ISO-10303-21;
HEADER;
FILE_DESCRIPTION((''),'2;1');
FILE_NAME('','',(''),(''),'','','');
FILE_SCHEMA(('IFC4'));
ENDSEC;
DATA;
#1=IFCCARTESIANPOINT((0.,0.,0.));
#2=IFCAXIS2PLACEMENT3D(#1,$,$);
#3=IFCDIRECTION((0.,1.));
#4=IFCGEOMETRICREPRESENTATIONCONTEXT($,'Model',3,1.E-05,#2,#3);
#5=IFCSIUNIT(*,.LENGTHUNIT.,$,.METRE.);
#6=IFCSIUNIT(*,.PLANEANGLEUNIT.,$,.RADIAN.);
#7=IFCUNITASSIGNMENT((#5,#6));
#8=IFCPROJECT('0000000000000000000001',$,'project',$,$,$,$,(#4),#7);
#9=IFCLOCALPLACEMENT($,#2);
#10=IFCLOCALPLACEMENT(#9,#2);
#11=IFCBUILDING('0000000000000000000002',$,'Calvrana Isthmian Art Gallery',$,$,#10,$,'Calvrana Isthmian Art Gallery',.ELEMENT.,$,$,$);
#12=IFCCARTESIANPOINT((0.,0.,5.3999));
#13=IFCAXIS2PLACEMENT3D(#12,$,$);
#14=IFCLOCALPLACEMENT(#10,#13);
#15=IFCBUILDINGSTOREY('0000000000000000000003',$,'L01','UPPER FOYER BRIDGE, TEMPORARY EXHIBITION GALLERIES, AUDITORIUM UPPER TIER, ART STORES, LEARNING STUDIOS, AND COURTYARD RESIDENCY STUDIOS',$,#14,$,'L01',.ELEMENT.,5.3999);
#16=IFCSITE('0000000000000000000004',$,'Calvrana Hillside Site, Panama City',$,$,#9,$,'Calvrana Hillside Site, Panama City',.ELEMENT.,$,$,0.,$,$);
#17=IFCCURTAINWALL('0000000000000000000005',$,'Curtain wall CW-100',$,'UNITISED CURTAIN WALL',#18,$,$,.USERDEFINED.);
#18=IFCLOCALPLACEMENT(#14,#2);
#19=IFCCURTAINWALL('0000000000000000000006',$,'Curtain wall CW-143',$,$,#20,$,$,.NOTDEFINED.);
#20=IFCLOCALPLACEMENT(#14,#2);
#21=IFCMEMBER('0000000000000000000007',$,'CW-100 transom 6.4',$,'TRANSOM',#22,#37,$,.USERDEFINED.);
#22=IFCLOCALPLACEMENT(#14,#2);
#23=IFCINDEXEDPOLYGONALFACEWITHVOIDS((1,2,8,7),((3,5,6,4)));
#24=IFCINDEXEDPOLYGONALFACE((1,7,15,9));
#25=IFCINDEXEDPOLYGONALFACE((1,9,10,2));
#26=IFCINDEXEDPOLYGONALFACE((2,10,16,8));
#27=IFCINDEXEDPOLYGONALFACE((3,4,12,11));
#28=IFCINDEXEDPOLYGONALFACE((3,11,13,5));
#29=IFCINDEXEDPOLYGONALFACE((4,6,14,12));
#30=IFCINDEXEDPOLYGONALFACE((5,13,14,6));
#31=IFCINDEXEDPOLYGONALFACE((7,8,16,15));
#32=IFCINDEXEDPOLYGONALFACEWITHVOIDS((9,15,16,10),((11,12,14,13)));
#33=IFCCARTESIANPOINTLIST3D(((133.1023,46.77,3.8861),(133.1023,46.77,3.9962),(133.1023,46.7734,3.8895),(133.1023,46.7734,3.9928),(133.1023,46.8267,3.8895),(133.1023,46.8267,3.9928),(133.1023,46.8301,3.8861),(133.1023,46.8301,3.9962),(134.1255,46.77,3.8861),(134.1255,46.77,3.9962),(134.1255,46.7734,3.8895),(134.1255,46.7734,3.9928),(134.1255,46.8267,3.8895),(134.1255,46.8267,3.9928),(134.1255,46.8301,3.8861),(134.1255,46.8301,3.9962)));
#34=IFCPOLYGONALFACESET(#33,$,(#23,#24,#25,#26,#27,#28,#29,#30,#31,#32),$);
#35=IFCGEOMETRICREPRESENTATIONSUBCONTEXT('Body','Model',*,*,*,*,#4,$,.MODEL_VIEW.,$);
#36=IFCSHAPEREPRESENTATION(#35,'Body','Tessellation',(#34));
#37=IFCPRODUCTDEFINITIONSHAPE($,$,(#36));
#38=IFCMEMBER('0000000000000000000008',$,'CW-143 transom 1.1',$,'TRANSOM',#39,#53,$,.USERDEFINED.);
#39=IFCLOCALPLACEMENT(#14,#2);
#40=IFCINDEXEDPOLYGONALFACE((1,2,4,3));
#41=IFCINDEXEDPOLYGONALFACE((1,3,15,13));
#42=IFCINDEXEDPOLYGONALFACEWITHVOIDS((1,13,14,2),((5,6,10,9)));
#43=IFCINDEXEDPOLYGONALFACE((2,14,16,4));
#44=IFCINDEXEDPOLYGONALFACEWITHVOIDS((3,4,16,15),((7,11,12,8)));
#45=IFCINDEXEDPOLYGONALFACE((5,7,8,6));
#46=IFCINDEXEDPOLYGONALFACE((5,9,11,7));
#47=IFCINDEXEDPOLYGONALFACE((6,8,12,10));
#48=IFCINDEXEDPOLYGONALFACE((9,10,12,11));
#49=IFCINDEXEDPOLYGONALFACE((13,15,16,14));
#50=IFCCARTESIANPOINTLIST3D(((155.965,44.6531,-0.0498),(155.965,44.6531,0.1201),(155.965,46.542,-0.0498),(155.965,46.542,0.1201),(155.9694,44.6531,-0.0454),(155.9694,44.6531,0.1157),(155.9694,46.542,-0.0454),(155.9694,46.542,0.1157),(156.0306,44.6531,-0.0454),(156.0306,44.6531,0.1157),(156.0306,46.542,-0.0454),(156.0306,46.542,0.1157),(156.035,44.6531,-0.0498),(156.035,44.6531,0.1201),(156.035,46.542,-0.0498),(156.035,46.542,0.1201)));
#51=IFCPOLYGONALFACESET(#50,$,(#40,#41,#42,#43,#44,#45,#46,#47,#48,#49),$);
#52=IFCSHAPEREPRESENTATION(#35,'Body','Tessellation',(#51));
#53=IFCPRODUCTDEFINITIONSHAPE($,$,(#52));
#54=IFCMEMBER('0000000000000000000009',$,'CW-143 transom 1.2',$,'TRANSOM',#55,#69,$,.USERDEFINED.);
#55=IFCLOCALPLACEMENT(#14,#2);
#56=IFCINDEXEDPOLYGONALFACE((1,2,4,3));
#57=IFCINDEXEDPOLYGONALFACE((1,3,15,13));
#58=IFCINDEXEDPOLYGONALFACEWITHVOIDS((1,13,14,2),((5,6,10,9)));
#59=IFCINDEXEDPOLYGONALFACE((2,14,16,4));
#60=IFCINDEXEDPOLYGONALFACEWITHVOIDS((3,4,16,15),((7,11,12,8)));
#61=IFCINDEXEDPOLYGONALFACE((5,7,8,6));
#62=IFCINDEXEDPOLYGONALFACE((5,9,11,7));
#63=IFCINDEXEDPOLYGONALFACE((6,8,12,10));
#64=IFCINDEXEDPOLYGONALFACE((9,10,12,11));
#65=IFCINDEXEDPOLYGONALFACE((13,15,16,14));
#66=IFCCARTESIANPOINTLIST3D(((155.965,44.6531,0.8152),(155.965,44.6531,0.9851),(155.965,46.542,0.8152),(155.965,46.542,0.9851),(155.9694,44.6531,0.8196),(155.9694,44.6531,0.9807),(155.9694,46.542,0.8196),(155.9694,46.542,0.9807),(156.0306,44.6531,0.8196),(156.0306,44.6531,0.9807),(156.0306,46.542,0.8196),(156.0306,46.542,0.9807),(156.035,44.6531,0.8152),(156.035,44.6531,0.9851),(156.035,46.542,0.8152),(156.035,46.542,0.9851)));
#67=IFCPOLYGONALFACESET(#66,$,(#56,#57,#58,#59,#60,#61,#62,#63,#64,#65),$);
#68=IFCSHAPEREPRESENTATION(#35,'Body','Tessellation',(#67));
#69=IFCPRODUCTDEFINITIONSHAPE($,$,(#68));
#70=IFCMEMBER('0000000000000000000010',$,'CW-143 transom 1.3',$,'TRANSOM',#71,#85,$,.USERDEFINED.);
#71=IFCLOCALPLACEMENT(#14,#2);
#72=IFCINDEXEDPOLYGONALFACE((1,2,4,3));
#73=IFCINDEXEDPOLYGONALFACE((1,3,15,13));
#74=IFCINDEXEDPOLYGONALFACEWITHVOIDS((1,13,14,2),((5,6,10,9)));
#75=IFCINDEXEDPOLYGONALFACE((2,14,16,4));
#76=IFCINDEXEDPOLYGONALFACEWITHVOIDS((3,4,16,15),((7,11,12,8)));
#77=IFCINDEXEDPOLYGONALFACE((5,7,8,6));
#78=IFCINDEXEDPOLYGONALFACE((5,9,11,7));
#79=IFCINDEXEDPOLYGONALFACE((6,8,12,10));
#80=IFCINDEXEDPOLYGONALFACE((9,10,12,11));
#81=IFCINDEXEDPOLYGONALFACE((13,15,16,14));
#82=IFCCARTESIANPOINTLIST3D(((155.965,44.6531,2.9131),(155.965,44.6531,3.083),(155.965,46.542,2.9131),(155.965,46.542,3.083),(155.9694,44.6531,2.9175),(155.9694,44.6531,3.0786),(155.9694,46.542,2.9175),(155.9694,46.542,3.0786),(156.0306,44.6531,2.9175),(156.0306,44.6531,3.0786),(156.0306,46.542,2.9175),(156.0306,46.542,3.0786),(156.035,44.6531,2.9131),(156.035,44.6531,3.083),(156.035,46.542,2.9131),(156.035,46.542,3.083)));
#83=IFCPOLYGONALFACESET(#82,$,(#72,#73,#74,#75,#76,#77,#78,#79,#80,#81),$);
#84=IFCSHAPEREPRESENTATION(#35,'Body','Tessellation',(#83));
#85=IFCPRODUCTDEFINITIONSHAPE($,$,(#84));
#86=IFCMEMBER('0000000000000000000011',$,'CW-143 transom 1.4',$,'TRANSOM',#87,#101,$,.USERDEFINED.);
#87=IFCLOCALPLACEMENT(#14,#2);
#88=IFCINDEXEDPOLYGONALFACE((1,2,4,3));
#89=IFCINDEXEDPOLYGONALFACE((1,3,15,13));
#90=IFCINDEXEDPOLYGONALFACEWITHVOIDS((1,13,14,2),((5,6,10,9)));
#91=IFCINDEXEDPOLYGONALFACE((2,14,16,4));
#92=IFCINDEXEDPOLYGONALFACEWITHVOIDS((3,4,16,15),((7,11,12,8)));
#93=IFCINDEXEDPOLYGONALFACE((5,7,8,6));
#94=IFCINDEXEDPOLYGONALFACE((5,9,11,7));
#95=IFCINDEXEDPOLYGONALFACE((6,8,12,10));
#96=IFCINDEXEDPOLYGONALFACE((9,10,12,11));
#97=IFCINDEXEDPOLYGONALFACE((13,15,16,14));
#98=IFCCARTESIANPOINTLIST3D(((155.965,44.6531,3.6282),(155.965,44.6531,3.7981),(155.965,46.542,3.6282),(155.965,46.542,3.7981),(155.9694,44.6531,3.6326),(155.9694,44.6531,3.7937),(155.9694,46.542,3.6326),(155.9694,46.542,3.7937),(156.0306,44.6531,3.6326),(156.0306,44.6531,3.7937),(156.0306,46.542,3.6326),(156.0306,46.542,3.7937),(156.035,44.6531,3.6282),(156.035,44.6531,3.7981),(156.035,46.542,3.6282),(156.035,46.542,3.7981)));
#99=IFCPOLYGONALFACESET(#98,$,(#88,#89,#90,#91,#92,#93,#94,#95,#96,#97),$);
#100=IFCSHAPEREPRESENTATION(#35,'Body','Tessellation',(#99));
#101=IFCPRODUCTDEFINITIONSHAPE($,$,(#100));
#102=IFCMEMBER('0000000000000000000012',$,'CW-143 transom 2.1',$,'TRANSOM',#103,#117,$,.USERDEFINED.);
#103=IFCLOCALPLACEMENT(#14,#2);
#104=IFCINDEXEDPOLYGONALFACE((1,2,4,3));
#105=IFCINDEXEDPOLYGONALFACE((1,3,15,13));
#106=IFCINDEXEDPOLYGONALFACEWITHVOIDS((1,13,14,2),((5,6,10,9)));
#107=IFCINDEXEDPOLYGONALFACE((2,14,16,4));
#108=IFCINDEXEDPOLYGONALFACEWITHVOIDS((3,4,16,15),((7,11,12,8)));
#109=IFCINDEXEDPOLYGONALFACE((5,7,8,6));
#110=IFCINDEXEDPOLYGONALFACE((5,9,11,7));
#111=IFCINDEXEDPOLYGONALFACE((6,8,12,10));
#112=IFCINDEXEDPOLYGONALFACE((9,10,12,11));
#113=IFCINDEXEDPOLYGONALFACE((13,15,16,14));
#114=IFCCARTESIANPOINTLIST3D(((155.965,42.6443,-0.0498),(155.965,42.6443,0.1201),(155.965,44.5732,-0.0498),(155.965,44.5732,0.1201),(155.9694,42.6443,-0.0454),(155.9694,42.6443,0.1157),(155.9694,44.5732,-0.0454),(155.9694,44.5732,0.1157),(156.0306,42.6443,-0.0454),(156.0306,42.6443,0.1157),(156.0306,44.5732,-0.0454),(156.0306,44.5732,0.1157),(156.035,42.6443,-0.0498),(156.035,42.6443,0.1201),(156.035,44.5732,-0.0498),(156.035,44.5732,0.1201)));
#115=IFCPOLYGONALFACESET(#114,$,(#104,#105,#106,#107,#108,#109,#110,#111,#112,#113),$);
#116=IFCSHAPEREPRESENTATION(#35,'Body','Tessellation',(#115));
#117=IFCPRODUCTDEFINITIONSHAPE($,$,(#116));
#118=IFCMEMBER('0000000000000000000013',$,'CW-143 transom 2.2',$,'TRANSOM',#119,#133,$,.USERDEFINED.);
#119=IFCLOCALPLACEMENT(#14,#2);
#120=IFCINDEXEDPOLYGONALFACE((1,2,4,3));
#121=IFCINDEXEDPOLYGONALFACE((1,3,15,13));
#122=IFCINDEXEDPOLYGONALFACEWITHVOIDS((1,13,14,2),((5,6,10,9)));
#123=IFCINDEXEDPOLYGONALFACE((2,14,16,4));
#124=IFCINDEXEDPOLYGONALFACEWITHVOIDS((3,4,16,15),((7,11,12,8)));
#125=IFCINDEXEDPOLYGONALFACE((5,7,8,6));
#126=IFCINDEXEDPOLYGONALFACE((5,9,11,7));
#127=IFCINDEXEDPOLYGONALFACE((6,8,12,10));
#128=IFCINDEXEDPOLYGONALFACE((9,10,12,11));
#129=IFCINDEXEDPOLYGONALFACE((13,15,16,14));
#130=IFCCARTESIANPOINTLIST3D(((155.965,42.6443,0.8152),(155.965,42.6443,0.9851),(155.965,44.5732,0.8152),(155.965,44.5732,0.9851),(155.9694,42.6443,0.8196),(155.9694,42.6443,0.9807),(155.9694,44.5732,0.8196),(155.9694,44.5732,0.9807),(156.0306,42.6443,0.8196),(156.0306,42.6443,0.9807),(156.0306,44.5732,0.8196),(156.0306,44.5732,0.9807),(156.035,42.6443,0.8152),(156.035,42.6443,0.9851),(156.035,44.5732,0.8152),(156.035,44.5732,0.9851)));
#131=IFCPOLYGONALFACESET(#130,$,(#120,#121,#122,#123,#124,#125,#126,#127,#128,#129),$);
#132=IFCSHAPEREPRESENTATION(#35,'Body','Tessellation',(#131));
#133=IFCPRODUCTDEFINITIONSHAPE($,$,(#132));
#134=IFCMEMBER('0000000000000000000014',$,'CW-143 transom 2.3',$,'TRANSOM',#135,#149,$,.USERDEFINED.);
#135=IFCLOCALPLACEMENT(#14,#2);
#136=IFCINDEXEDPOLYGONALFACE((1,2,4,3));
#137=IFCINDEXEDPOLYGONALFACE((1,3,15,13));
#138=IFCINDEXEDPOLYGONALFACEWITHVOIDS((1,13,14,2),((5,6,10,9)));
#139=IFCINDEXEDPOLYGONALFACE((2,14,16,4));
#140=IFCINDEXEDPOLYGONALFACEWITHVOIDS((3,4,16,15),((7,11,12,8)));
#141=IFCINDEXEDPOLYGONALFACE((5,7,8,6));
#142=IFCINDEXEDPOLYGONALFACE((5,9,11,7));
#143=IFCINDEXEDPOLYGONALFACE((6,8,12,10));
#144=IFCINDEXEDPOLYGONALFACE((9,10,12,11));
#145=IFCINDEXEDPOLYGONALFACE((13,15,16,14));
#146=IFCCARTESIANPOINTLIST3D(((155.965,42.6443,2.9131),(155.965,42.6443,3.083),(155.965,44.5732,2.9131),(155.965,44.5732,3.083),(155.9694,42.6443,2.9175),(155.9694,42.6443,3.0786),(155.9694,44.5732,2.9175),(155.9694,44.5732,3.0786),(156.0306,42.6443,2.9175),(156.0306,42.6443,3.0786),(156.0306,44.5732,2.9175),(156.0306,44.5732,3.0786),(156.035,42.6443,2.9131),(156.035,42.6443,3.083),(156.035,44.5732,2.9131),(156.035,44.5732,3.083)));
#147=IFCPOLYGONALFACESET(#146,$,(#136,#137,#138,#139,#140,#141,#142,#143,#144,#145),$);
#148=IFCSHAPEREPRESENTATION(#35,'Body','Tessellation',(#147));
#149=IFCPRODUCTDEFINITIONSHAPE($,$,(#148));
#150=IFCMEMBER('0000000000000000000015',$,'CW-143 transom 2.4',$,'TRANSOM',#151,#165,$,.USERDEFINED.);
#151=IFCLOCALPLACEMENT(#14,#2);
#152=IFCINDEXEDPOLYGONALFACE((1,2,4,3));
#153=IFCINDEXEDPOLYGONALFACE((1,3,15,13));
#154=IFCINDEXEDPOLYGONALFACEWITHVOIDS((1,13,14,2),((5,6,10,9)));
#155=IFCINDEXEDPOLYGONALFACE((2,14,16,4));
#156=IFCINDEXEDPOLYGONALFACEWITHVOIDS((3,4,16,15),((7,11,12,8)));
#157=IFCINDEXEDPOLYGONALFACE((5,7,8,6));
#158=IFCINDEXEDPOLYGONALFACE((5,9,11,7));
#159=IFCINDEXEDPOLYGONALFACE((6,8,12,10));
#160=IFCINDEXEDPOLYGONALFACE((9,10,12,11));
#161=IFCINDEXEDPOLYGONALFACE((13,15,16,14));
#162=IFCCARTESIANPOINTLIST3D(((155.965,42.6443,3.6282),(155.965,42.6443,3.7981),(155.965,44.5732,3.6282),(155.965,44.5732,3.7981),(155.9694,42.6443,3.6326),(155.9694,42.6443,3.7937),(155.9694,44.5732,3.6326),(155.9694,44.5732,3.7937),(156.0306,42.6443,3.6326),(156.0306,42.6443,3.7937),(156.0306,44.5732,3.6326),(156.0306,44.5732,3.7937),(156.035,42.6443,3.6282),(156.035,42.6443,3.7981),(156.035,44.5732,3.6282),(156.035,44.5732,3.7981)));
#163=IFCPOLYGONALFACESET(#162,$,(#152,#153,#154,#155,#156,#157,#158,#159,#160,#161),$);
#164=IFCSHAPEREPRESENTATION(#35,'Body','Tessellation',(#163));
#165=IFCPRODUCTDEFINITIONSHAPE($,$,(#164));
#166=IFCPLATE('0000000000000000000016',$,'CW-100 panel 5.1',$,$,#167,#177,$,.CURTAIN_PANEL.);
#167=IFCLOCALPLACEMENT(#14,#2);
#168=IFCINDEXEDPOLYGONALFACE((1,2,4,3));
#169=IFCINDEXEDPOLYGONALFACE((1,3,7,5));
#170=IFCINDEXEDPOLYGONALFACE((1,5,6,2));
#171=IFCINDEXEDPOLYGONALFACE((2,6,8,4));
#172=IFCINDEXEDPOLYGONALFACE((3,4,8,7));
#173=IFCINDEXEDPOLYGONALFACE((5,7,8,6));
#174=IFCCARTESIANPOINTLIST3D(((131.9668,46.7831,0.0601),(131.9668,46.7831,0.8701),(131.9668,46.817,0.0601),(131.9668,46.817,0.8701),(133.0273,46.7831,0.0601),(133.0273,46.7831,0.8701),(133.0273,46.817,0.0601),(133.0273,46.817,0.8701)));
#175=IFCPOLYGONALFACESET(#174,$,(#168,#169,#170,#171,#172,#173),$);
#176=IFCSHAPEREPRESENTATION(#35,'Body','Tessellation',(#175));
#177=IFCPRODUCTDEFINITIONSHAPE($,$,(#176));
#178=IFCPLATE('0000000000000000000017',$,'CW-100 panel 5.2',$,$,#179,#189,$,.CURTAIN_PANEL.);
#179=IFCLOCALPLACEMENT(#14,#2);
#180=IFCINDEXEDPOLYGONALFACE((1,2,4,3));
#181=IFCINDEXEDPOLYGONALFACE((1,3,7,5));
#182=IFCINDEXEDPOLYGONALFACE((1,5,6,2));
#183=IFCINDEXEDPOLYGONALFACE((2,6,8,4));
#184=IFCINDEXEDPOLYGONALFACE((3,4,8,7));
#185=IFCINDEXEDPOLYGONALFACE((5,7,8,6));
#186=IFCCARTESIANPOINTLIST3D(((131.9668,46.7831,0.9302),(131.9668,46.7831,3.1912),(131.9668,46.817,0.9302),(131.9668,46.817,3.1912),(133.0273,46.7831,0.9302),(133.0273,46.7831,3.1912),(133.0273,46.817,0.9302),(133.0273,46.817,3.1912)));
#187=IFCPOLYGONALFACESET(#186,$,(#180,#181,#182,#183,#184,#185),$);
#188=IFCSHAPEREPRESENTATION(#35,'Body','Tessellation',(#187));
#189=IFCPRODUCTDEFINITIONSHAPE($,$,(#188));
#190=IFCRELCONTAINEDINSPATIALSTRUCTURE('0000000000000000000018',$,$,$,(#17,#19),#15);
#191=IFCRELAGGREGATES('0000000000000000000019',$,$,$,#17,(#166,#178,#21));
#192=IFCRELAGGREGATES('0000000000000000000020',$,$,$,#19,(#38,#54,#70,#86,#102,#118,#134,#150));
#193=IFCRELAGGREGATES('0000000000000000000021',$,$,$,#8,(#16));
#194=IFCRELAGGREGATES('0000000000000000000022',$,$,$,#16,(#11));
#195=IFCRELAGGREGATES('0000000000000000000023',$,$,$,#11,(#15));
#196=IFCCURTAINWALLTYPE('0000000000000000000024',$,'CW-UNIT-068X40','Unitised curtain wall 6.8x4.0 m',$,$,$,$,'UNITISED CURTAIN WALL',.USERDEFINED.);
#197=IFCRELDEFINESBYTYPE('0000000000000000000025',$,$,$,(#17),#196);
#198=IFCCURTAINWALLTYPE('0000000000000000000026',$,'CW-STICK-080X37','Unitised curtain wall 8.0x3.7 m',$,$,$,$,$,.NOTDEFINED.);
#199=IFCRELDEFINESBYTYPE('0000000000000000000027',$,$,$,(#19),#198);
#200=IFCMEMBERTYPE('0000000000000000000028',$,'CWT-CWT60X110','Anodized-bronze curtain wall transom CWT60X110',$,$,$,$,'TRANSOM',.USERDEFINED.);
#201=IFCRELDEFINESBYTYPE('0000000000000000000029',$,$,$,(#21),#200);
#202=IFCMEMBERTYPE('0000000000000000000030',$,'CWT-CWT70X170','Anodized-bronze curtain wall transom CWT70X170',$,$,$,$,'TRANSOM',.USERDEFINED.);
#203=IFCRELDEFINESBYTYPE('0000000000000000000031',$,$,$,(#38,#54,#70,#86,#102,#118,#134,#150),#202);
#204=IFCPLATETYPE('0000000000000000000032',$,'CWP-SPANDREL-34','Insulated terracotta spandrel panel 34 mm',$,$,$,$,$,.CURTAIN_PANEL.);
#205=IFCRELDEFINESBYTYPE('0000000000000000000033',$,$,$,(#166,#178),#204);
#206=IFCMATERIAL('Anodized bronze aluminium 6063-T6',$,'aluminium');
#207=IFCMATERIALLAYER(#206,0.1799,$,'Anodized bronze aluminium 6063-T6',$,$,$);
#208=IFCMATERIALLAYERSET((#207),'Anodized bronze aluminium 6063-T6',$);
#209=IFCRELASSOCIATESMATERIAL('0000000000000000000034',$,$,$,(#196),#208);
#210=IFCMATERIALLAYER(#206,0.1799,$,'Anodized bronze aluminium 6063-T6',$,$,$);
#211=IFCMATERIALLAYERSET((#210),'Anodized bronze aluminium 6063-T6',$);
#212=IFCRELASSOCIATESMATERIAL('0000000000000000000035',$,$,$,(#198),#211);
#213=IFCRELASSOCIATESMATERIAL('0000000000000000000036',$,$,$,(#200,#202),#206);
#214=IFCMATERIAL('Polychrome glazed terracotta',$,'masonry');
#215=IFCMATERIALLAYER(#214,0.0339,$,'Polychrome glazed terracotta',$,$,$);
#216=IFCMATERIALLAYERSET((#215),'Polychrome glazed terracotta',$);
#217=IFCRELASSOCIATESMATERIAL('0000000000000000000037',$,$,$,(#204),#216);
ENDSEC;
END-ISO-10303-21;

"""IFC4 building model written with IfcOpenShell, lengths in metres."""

from ifc_helpers import new_model, si_unit, direction, frame, origin, origin_2d, place, context, subcontext, project, spatial, rectangle, hollow_rectangle, extrude, material, layer, layer_set, material_profile, profile_set, type_object, element, aggregate, save


model = new_model("IFC4")

# Units and contexts
model_context = context("Model", 3, precision=1e-05, world=origin(), true_north=direction((0.0, 1.0)))
body_context = subcontext(model_context, "Body", "Model", "MODEL_VIEW")
ifc_project = project(units=[si_unit("LENGTHUNIT", "METRE"), si_unit("PLANEANGLEUNIT", "RADIAN")], contexts=[model_context])

# Site, building, storey
site_placement = place(None, origin())
site = spatial("IfcSite", under=ifc_project, at=site_placement, Name="Calvrana Hillside Site, Panama City", LongName="Calvrana Hillside Site, Panama City", CompositionType="ELEMENT", RefElevation=0.0)
building_placement = place(site_placement, origin())
building = spatial("IfcBuilding", under=site, at=building_placement, Name="Calvrana Isthmian Art Gallery", LongName="Calvrana Isthmian Art Gallery", CompositionType="ELEMENT")
storey_placement = place(building_placement, frame((0.0, 0.0, 5.3999)))
storey = spatial("IfcBuildingStorey", under=building, at=storey_placement, Name="L01", Description="UPPER FOYER BRIDGE, TEMPORARY EXHIBITION GALLERIES, AUDITORIUM UPPER TIER, ART STORES, LEARNING STUDIOS, AND COURTYARD RESIDENCY STUDIOS", LongName="L01", CompositionType="ELEMENT", Elevation=5.3999)

# Curtain walls
ifc_material_1 = material(Name="Anodized bronze aluminium 6063-T6", Category="aluminium")
ifc_layer_1 = layer(ifc_material_1, 0.1799, Name="Anodized bronze aluminium 6063-T6")
ifc_layer_set_1 = layer_set([ifc_layer_1], Name="Anodized bronze aluminium 6063-T6")
curtain_wall_type_1 = type_object("IfcCurtainWallType", Name="CW-UNIT-068X40", Description="Unitised curtain wall 6.8x4.0 m", ElementType="UNITISED CURTAIN WALL", PredefinedType="USERDEFINED", material=ifc_layer_set_1)
curtain_wall_1_placement = place(storey_placement, origin())
curtain_wall_1 = element("IfcCurtainWall", 1, at=curtain_wall_1_placement, inside=storey, type_object=curtain_wall_type_1, Name="Curtain wall CW-100", ObjectType="UNITISED CURTAIN WALL", PredefinedType="USERDEFINED")
ifc_layer_2 = layer(ifc_material_1, 0.1799, Name="Anodized bronze aluminium 6063-T6")
ifc_layer_set_2 = layer_set([ifc_layer_2], Name="Anodized bronze aluminium 6063-T6")
curtain_wall_type_2 = type_object("IfcCurtainWallType", Name="CW-STICK-080X37", Description="Unitised curtain wall 8.0x3.7 m", PredefinedType="NOTDEFINED", material=ifc_layer_set_2)
curtain_wall_2_placement = place(storey_placement, origin())
curtain_wall_2 = element("IfcCurtainWall", 2, at=curtain_wall_2_placement, inside=storey, type_object=curtain_wall_type_2, Name="Curtain wall CW-143", PredefinedType="NOTDEFINED")

# Members
ifc_material_profile_1 = material_profile(ifc_material_1, hollow_rectangle(XDim=0.0601, YDim=0.1101, WallThickness=0.0034, at=origin_2d()), Name="CWT60X110")
ifc_profile_set_1 = profile_set([ifc_material_profile_1], Name="Anodized bronze aluminium 6063-T6")
member_type_1 = type_object("IfcMemberType", Name="CWT-CWT60X110", Description="Anodized-bronze curtain wall transom CWT60X110", ElementType="TRANSOM", PredefinedType="USERDEFINED", material=ifc_profile_set_1)
member_1_placement = place(storey_placement, frame((133.1023, 46.8, 3.9412), z_axis=(1.0, 0.0, 0.0), x_axis=(0.0, 1.0, 0.0)))
member_1 = element("IfcMember", 3, at=member_1_placement, type_object=member_type_1, Name="CW-100 transom 6.4", ObjectType="TRANSOM", PredefinedType="USERDEFINED", context=body_context, shape_type="SweptSolid", body=[
    extrude(hollow_rectangle(XDim=0.0601, YDim=0.1101, WallThickness=0.0034, at=origin_2d()), origin(), (0.0, 0.0, 1.0), 1.0232),
])
ifc_material_profile_2 = material_profile(ifc_material_1, hollow_rectangle(XDim=0.0701, YDim=0.1699, WallThickness=0.0044, at=origin_2d()), Name="CWT70X170")
ifc_profile_set_2 = profile_set([ifc_material_profile_2], Name="Anodized bronze aluminium 6063-T6")
member_type_2 = type_object("IfcMemberType", Name="CWT-CWT70X170", Description="Anodized-bronze curtain wall transom CWT70X170", ElementType="TRANSOM", PredefinedType="USERDEFINED", material=ifc_profile_set_2)
member_2_placement = place(storey_placement, frame((156.0, 46.542, 0.0352), z_axis=(0.0, -1.0, 0.0), x_axis=(1.0, 0.0, 0.0)))
member_2 = element("IfcMember", 4, at=member_2_placement, type_object=member_type_2, Name="CW-143 transom 1.1", ObjectType="TRANSOM", PredefinedType="USERDEFINED", context=body_context, shape_type="SweptSolid", body=[
    extrude(hollow_rectangle(XDim=0.0701, YDim=0.1699, WallThickness=0.0044, at=origin_2d()), origin(), (0.0, 0.0, 1.0), 1.8889),
])
member_3_placement = place(storey_placement, frame((156.0, 46.542, 0.9001), z_axis=(0.0, -1.0, 0.0), x_axis=(1.0, 0.0, 0.0)))
member_3 = element("IfcMember", 5, at=member_3_placement, type_object=member_type_2, Name="CW-143 transom 1.2", ObjectType="TRANSOM", PredefinedType="USERDEFINED", context=body_context, shape_type="SweptSolid", body=[
    extrude(hollow_rectangle(XDim=0.0701, YDim=0.1699, WallThickness=0.0044, at=origin_2d()), origin(), (0.0, 0.0, 1.0), 1.8889),
])
member_4_placement = place(storey_placement, frame((156.0, 46.542, 2.998), z_axis=(0.0, -1.0, 0.0), x_axis=(1.0, 0.0, 0.0)))
member_4 = element("IfcMember", 6, at=member_4_placement, type_object=member_type_2, Name="CW-143 transom 1.3", ObjectType="TRANSOM", PredefinedType="USERDEFINED", context=body_context, shape_type="SweptSolid", body=[
    extrude(hollow_rectangle(XDim=0.0701, YDim=0.1699, WallThickness=0.0044, at=origin_2d()), origin(), (0.0, 0.0, 1.0), 1.8889),
])
member_5_placement = place(storey_placement, frame((156.0, 46.542, 3.7131), z_axis=(0.0, -1.0, 0.0), x_axis=(1.0, 0.0, 0.0)))
member_5 = element("IfcMember", 7, at=member_5_placement, type_object=member_type_2, Name="CW-143 transom 1.4", ObjectType="TRANSOM", PredefinedType="USERDEFINED", context=body_context, shape_type="SweptSolid", body=[
    extrude(hollow_rectangle(XDim=0.0701, YDim=0.1699, WallThickness=0.0044, at=origin_2d()), origin(), (0.0, 0.0, 1.0), 1.8889),
])
member_6_placement = place(storey_placement, frame((156.0, 44.5732, 0.0352), z_axis=(0.0, -1.0, 0.0), x_axis=(1.0, 0.0, 0.0)))
member_6 = element("IfcMember", 8, at=member_6_placement, type_object=member_type_2, Name="CW-143 transom 2.1", ObjectType="TRANSOM", PredefinedType="USERDEFINED", context=body_context, shape_type="SweptSolid", body=[
    extrude(hollow_rectangle(XDim=0.0701, YDim=0.1699, WallThickness=0.0044, at=origin_2d()), origin(), (0.0, 0.0, 1.0), 1.929),
])
member_7_placement = place(storey_placement, frame((156.0, 44.5732, 0.9001), z_axis=(0.0, -1.0, 0.0), x_axis=(1.0, 0.0, 0.0)))
member_7 = element("IfcMember", 9, at=member_7_placement, type_object=member_type_2, Name="CW-143 transom 2.2", ObjectType="TRANSOM", PredefinedType="USERDEFINED", context=body_context, shape_type="SweptSolid", body=[
    extrude(hollow_rectangle(XDim=0.0701, YDim=0.1699, WallThickness=0.0044, at=origin_2d()), origin(), (0.0, 0.0, 1.0), 1.929),
])
member_8_placement = place(storey_placement, frame((156.0, 44.5732, 2.998), z_axis=(0.0, -1.0, 0.0), x_axis=(1.0, 0.0, 0.0)))
member_8 = element("IfcMember", 10, at=member_8_placement, type_object=member_type_2, Name="CW-143 transom 2.3", ObjectType="TRANSOM", PredefinedType="USERDEFINED", context=body_context, shape_type="SweptSolid", body=[
    extrude(hollow_rectangle(XDim=0.0701, YDim=0.1699, WallThickness=0.0044, at=origin_2d()), origin(), (0.0, 0.0, 1.0), 1.929),
])
member_9_placement = place(storey_placement, frame((156.0, 44.5732, 3.7131), z_axis=(0.0, -1.0, 0.0), x_axis=(1.0, 0.0, 0.0)))
member_9 = element("IfcMember", 11, at=member_9_placement, type_object=member_type_2, Name="CW-143 transom 2.4", ObjectType="TRANSOM", PredefinedType="USERDEFINED", context=body_context, shape_type="SweptSolid", body=[
    extrude(hollow_rectangle(XDim=0.0701, YDim=0.1699, WallThickness=0.0044, at=origin_2d()), origin(), (0.0, 0.0, 1.0), 1.929),
])

# Plates
ifc_material_2 = material(Name="Polychrome glazed terracotta", Category="masonry")
ifc_layer_3 = layer(ifc_material_2, 0.0339, Name="Polychrome glazed terracotta")
ifc_layer_set_3 = layer_set([ifc_layer_3], Name="Polychrome glazed terracotta")
plate_type_1 = type_object("IfcPlateType", Name="CWP-SPANDREL-34", Description="Insulated terracotta spandrel panel 34 mm", PredefinedType="CURTAIN_PANEL", material=ifc_layer_set_3)
plate_1_placement = place(storey_placement, frame((132.4971, 46.8, 0.0601), z_axis=(0.0, 0.0, 1.0), x_axis=(1.0, 0.0, 0.0)))
plate_1 = element("IfcPlate", 12, at=plate_1_placement, type_object=plate_type_1, Name="CW-100 panel 5.1", PredefinedType="CURTAIN_PANEL", context=body_context, shape_type="SweptSolid", body=[
    extrude(rectangle(XDim=1.0605, YDim=0.0339, at=origin_2d()), origin(), (0.0, 0.0, 1.0), 0.8101),
])
plate_2_placement = place(storey_placement, frame((132.4971, 46.8, 0.9302), z_axis=(0.0, 0.0, 1.0), x_axis=(1.0, 0.0, 0.0)))
plate_2 = element("IfcPlate", 13, at=plate_2_placement, type_object=plate_type_1, Name="CW-100 panel 5.2", PredefinedType="CURTAIN_PANEL", context=body_context, shape_type="SweptSolid", body=[
    extrude(rectangle(XDim=1.0605, YDim=0.0339, at=origin_2d()), origin(), (0.0, 0.0, 1.0), 2.261),
])
aggregate(curtain_wall_1, [plate_1, plate_2, member_1])
aggregate(curtain_wall_2, [member_2, member_3, member_4, member_5, member_6, member_7, member_8, member_9])

save(model, "model.ifc")
